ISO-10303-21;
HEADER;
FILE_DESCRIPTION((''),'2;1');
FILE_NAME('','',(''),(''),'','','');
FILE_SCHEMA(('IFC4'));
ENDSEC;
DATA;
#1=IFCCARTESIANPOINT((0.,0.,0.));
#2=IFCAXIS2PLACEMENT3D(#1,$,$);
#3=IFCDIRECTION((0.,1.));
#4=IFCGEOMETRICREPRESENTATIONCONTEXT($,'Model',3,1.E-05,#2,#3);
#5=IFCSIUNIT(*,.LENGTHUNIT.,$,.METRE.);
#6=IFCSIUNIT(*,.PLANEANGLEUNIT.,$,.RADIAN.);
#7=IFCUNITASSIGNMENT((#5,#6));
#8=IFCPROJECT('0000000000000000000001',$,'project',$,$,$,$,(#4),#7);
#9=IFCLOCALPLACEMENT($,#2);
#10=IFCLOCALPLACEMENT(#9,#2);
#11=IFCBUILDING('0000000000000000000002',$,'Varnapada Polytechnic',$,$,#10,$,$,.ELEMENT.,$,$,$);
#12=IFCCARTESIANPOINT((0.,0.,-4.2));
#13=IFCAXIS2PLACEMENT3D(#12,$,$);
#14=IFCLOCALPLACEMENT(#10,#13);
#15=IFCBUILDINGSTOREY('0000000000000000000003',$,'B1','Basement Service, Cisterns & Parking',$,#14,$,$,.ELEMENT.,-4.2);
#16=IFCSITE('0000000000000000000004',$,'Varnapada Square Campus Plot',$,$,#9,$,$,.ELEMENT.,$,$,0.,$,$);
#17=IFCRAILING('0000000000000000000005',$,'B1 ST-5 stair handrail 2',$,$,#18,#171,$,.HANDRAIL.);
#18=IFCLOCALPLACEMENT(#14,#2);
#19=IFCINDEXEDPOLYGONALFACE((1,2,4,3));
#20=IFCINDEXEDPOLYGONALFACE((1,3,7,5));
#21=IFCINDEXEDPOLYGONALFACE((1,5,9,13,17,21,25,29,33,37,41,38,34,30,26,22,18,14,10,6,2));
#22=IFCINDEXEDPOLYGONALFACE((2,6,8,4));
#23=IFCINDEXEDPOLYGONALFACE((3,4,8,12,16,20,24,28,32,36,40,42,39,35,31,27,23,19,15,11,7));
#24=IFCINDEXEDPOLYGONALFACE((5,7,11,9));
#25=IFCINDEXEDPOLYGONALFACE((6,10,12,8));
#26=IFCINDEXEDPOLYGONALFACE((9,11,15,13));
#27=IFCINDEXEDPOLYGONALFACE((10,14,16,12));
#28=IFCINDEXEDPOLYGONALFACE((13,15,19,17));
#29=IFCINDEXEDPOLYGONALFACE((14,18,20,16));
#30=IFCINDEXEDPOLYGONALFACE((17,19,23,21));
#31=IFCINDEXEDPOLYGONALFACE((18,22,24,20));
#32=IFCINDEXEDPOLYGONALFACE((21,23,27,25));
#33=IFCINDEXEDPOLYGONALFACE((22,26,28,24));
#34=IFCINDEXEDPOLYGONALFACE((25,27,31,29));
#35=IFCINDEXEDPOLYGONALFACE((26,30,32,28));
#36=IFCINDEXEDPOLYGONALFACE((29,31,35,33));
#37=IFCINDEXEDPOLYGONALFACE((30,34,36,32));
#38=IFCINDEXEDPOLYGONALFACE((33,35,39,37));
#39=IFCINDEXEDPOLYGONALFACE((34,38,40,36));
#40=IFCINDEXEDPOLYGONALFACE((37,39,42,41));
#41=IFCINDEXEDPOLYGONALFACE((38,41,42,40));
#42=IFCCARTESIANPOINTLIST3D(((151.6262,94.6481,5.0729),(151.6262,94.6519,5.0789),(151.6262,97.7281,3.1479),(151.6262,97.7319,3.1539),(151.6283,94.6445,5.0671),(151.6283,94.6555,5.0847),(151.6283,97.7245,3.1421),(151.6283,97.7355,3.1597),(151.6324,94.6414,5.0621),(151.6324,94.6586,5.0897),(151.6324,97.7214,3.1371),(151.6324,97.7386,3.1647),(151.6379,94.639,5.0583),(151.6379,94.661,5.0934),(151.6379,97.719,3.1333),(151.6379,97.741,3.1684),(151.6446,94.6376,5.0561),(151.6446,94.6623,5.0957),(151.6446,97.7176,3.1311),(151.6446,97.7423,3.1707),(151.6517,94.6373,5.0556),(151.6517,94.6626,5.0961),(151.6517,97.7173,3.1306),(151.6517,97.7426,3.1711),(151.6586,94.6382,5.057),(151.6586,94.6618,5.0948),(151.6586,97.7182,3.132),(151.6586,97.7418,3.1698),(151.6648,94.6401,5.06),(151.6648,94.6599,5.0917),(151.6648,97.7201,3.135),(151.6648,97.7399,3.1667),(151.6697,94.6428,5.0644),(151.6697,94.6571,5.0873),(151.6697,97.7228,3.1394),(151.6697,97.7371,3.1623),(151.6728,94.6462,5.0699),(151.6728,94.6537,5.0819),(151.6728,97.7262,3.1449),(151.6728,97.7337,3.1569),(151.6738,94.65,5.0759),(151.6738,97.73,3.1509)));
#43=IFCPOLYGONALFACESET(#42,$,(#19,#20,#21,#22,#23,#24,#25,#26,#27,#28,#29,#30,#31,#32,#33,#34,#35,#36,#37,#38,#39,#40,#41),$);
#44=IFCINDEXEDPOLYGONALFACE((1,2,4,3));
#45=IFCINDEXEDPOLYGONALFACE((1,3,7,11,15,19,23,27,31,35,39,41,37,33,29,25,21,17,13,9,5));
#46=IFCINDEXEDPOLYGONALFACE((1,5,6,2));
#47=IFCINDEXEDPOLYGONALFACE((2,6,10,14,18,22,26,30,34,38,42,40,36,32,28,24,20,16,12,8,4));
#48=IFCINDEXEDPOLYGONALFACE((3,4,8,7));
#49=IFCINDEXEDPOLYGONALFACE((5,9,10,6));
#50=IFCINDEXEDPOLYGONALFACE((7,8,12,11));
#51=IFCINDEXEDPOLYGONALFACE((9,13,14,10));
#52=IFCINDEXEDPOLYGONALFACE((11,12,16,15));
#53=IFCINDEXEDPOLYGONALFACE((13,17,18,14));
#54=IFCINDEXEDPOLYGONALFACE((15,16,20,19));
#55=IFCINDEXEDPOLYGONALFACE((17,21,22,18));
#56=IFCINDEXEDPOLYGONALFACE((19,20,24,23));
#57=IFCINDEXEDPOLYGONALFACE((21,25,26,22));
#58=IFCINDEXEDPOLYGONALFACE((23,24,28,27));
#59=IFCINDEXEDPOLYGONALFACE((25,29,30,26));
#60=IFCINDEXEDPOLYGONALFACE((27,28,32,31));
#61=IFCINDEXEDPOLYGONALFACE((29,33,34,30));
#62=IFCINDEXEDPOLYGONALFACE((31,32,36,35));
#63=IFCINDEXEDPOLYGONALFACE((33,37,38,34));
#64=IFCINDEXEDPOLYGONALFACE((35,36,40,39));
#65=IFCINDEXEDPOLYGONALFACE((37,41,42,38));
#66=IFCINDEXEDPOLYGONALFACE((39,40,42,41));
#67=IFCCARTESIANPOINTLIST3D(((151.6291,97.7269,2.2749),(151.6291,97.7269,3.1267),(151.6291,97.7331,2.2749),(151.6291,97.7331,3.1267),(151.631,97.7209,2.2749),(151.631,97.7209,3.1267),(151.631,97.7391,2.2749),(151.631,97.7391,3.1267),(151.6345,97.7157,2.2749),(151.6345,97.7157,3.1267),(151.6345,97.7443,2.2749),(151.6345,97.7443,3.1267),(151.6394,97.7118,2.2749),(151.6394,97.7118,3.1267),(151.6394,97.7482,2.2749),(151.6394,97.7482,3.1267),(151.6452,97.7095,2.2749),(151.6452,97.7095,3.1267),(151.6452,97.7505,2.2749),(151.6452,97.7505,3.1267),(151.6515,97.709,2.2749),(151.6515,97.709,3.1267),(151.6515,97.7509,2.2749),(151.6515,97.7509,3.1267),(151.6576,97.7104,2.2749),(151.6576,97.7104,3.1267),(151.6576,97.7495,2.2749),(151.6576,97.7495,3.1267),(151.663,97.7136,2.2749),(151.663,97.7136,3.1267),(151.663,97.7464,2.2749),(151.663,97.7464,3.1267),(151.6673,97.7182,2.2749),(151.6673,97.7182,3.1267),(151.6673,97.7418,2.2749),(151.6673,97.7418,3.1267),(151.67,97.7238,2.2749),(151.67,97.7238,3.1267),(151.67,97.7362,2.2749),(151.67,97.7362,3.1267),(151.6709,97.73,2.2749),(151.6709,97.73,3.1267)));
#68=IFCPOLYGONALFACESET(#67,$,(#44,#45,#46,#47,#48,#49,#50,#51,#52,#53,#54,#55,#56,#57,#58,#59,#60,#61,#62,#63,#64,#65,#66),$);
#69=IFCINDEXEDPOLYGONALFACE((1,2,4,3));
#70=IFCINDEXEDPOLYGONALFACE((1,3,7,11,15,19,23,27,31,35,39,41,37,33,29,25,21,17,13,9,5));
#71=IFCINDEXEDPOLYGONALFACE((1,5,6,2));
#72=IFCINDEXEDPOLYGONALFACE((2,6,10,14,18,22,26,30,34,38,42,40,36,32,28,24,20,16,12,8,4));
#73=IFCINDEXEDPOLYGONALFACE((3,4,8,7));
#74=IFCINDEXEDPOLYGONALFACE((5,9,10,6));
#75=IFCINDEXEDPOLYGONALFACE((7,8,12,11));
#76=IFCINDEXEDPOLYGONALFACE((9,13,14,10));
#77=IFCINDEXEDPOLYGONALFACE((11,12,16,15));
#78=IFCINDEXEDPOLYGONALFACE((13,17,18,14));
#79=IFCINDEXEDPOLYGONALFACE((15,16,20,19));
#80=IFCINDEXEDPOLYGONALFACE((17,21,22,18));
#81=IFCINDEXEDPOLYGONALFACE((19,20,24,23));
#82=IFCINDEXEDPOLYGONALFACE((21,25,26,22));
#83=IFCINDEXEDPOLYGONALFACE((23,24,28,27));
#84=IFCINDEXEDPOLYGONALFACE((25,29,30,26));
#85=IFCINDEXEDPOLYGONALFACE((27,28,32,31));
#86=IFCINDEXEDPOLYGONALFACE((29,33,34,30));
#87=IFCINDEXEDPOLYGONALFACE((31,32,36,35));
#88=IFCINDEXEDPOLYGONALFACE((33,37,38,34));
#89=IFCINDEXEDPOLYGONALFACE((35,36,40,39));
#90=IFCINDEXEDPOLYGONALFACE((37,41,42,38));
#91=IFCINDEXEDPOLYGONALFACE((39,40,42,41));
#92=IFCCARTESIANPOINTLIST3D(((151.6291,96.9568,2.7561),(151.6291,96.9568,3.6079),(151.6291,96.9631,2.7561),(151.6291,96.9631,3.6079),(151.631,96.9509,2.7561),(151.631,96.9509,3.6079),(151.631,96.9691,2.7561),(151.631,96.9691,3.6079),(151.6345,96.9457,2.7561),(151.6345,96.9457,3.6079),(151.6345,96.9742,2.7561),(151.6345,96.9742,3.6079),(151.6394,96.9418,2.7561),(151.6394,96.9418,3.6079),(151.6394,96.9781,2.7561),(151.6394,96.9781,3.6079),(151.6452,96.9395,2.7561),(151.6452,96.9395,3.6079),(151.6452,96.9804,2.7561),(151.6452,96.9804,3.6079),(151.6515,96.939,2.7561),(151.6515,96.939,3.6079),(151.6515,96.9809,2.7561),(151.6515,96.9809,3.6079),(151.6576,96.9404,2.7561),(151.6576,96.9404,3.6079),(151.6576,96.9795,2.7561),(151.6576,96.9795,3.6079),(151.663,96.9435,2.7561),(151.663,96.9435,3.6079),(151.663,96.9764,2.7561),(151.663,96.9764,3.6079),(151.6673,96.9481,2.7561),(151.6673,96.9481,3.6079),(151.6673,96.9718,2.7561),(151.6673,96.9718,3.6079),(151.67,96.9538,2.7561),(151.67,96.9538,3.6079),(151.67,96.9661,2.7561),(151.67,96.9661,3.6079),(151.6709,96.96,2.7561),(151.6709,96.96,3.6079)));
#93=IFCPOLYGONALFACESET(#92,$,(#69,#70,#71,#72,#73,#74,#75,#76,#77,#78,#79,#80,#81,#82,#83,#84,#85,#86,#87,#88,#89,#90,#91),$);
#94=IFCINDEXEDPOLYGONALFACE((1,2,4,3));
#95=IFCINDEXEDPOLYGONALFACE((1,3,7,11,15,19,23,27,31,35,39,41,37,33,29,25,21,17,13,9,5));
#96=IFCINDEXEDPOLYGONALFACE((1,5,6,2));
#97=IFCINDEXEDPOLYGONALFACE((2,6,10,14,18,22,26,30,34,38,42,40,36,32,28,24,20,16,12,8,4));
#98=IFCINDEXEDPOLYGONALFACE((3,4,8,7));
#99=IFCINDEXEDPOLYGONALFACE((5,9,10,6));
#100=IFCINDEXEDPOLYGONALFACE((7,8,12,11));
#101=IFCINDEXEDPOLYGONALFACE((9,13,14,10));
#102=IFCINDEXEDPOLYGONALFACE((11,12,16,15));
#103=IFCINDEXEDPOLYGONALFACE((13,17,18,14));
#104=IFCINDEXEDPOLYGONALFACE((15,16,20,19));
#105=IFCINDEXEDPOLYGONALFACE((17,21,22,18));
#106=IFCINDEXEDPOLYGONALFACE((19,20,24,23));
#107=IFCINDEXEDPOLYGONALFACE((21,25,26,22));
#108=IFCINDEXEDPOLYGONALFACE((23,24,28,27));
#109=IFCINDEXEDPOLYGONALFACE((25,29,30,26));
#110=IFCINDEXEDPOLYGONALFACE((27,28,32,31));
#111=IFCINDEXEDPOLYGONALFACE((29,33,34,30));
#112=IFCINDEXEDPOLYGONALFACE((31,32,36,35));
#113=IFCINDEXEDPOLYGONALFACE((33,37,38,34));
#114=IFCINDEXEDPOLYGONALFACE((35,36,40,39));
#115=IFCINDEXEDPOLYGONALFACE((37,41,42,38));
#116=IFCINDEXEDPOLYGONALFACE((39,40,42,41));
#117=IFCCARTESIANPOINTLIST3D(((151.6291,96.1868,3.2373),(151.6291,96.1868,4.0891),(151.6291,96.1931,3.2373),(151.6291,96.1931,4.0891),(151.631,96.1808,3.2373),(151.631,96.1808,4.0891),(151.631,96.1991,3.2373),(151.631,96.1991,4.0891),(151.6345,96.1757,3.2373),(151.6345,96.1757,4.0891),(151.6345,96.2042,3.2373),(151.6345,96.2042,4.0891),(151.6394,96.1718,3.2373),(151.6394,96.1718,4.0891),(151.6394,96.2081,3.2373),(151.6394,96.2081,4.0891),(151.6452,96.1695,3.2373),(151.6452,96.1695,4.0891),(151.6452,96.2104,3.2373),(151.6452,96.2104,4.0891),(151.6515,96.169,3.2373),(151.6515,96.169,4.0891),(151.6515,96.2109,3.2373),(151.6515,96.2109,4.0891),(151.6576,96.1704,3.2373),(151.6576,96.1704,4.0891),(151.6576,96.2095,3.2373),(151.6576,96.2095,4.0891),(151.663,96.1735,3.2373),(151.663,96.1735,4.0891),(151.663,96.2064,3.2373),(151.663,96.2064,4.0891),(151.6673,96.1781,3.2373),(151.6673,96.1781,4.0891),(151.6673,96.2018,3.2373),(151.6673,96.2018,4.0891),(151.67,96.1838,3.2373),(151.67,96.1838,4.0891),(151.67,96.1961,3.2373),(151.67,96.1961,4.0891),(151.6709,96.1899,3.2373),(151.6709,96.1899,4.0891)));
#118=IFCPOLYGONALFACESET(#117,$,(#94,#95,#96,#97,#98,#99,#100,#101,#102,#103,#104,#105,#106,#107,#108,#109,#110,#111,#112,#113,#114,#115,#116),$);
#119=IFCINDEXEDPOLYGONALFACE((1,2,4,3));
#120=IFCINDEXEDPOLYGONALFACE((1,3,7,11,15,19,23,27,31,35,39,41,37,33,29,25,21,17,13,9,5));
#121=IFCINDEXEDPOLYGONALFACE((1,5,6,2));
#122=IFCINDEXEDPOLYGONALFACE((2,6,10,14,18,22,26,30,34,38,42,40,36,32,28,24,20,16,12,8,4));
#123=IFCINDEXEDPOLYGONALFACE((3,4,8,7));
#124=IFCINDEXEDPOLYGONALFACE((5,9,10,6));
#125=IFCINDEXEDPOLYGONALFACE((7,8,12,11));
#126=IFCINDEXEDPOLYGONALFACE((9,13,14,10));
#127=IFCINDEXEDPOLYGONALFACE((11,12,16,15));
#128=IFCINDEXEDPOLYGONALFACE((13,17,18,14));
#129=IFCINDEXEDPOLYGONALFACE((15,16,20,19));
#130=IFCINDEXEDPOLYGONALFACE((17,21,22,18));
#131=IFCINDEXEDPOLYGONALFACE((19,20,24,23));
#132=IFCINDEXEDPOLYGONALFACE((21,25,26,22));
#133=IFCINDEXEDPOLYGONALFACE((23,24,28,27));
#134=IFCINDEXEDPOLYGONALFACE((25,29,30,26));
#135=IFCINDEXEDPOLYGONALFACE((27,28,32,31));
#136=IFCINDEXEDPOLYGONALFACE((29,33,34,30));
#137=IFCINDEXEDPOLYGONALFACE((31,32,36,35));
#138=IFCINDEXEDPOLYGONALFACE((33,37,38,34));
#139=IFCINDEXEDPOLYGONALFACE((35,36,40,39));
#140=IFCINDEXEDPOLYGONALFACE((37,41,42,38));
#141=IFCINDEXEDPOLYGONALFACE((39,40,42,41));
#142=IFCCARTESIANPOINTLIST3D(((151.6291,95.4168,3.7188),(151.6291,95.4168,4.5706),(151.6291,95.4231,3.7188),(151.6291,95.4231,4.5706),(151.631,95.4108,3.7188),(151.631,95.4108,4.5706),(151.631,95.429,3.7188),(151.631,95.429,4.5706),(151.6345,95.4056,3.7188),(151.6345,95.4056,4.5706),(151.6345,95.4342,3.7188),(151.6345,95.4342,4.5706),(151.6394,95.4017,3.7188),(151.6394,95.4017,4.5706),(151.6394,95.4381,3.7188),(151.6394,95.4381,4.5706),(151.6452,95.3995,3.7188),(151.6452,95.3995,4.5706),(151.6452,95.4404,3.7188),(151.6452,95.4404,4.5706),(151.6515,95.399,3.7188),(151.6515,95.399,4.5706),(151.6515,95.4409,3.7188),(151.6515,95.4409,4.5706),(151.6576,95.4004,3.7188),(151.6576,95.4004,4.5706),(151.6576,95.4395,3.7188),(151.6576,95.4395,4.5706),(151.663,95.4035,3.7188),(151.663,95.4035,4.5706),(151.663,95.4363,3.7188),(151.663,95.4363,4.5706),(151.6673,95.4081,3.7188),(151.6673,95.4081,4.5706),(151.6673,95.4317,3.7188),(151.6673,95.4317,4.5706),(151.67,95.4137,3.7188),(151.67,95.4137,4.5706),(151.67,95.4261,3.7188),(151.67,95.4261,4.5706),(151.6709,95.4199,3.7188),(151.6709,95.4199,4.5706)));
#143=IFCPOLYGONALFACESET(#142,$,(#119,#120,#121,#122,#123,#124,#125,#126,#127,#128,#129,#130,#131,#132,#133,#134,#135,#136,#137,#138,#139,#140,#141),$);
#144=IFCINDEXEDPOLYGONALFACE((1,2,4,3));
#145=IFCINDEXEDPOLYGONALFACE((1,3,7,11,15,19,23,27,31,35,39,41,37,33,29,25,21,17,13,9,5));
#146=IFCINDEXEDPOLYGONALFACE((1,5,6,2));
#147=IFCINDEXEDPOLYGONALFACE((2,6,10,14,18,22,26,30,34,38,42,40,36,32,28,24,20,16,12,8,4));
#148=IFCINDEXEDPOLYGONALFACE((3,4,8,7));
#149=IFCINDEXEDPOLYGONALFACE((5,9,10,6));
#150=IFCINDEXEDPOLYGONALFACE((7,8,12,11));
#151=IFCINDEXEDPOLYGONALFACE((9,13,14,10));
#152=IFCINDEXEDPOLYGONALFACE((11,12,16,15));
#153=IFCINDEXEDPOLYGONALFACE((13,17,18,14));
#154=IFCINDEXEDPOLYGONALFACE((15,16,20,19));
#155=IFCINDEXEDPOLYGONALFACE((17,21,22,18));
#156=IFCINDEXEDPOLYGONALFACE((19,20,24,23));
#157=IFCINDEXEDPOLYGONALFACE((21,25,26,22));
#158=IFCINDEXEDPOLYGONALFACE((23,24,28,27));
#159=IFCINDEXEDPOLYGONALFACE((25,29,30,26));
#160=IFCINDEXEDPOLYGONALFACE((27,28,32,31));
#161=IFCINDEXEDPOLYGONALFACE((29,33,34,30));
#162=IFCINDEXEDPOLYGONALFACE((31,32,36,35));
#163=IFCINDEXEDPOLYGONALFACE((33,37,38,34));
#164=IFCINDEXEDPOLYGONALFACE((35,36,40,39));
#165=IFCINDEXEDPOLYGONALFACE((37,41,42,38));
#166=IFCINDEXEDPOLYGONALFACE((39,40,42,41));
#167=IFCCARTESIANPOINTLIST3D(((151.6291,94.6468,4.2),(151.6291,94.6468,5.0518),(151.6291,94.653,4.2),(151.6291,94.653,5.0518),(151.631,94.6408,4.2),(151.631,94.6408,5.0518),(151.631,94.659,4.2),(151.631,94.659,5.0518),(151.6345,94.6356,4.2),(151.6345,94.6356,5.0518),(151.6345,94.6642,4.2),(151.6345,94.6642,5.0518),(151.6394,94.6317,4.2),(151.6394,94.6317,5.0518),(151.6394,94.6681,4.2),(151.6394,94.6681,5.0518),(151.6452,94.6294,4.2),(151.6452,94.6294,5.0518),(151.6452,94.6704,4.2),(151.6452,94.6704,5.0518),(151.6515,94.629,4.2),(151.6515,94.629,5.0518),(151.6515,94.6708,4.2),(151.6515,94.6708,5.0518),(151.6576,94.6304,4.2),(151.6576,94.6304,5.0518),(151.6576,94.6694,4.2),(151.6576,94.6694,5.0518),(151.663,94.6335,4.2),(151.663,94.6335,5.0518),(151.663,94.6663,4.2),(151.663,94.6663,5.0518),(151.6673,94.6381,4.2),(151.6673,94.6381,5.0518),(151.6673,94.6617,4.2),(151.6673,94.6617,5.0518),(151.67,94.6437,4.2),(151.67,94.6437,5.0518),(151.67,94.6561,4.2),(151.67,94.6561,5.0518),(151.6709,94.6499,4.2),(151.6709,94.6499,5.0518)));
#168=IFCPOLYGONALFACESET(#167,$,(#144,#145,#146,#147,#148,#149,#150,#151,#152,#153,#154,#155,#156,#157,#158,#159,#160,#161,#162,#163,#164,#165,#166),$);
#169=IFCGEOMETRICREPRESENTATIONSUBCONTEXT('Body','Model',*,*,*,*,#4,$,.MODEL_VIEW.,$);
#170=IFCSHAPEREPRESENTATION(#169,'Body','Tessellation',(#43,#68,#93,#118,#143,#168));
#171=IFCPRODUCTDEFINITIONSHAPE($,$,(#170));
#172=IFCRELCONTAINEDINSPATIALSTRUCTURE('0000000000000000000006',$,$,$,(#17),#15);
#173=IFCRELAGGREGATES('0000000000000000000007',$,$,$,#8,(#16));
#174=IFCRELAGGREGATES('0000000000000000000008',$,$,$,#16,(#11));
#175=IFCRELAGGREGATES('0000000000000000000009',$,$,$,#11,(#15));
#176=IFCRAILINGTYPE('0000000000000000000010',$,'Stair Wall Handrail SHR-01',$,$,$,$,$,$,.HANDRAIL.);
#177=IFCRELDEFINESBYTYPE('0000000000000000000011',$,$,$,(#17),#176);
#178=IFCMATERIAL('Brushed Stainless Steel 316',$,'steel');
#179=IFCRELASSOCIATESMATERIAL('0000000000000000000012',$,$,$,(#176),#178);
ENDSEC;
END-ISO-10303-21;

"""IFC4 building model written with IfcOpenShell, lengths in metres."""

from ifc_helpers import new_model, si_unit, direction, frame, origin, origin_2d, place, context, subcontext, project, spatial, circle, extrude, material, type_object, element, save


model = new_model("IFC4")

# Units and contexts
model_context = context("Model", 3, precision=1e-05, world=origin(), true_north=direction((0.0, 1.0)))
body_context = subcontext(model_context, "Body", "Model", "MODEL_VIEW")
ifc_project = project(units=[si_unit("LENGTHUNIT", "METRE"), si_unit("PLANEANGLEUNIT", "RADIAN")], contexts=[model_context])

# Site, building, storey
site_placement = place(None, origin())
site = spatial("IfcSite", under=ifc_project, at=site_placement, Name="Varnapada Square Campus Plot", CompositionType="ELEMENT", RefElevation=0.0)
building_placement = place(site_placement, origin())
building = spatial("IfcBuilding", under=site, at=building_placement, Name="Varnapada Polytechnic", CompositionType="ELEMENT")
storey_placement = place(building_placement, frame((0.0, 0.0, -4.2)))
storey = spatial("IfcBuildingStorey", under=building, at=storey_placement, Name="B1", Description="Basement Service, Cisterns & Parking", CompositionType="ELEMENT", Elevation=-4.2)

# Shared definitions
ifc_material_1 = material(Name="Brushed Stainless Steel 316", Category="steel")

# Railing
railing_type_1 = type_object("IfcRailingType", Name="Stair Wall Handrail SHR-01", PredefinedType="HANDRAIL", material=ifc_material_1)
railing_1_placement = place(storey_placement, frame((151.6499, 97.73, 2.2749)))
element("IfcRailing", 1, at=railing_1_placement, inside=storey, type_object=railing_type_1, Name="B1 ST-5 stair handrail 2", PredefinedType="HANDRAIL", context=body_context, shape_type="SweptSolid", body=[
    extrude(circle(Radius=0.0239, at=origin_2d()), frame((0.0, 0.0, 0.876), z_axis=(0.0, -0.847998, 0.529999), x_axis=(1.0, 0.0, 0.0)), (0.0, 0.0, 1.0), 3.6321),
    extrude(circle(Radius=0.021, at=origin_2d()), origin(), (0.0, 0.0, 1.0), 0.8518),
    extrude(circle(Radius=0.021, at=origin_2d()), frame((0.0, -0.77, 0.4812)), (0.0, 0.0, 1.0), 0.8518),
    extrude(circle(Radius=0.021, at=origin_2d()), frame((0.0, -1.54, 0.9624)), (0.0, 0.0, 1.0), 0.8518),
    extrude(circle(Radius=0.021, at=origin_2d()), frame((0.0, -2.3101, 1.4438)), (0.0, 0.0, 1.0), 0.8518),
    extrude(circle(Radius=0.021, at=origin_2d()), frame((0.0, -3.0801, 1.925)), (0.0, 0.0, 1.0), 0.8518),
])

save(model, "model.ifc")
